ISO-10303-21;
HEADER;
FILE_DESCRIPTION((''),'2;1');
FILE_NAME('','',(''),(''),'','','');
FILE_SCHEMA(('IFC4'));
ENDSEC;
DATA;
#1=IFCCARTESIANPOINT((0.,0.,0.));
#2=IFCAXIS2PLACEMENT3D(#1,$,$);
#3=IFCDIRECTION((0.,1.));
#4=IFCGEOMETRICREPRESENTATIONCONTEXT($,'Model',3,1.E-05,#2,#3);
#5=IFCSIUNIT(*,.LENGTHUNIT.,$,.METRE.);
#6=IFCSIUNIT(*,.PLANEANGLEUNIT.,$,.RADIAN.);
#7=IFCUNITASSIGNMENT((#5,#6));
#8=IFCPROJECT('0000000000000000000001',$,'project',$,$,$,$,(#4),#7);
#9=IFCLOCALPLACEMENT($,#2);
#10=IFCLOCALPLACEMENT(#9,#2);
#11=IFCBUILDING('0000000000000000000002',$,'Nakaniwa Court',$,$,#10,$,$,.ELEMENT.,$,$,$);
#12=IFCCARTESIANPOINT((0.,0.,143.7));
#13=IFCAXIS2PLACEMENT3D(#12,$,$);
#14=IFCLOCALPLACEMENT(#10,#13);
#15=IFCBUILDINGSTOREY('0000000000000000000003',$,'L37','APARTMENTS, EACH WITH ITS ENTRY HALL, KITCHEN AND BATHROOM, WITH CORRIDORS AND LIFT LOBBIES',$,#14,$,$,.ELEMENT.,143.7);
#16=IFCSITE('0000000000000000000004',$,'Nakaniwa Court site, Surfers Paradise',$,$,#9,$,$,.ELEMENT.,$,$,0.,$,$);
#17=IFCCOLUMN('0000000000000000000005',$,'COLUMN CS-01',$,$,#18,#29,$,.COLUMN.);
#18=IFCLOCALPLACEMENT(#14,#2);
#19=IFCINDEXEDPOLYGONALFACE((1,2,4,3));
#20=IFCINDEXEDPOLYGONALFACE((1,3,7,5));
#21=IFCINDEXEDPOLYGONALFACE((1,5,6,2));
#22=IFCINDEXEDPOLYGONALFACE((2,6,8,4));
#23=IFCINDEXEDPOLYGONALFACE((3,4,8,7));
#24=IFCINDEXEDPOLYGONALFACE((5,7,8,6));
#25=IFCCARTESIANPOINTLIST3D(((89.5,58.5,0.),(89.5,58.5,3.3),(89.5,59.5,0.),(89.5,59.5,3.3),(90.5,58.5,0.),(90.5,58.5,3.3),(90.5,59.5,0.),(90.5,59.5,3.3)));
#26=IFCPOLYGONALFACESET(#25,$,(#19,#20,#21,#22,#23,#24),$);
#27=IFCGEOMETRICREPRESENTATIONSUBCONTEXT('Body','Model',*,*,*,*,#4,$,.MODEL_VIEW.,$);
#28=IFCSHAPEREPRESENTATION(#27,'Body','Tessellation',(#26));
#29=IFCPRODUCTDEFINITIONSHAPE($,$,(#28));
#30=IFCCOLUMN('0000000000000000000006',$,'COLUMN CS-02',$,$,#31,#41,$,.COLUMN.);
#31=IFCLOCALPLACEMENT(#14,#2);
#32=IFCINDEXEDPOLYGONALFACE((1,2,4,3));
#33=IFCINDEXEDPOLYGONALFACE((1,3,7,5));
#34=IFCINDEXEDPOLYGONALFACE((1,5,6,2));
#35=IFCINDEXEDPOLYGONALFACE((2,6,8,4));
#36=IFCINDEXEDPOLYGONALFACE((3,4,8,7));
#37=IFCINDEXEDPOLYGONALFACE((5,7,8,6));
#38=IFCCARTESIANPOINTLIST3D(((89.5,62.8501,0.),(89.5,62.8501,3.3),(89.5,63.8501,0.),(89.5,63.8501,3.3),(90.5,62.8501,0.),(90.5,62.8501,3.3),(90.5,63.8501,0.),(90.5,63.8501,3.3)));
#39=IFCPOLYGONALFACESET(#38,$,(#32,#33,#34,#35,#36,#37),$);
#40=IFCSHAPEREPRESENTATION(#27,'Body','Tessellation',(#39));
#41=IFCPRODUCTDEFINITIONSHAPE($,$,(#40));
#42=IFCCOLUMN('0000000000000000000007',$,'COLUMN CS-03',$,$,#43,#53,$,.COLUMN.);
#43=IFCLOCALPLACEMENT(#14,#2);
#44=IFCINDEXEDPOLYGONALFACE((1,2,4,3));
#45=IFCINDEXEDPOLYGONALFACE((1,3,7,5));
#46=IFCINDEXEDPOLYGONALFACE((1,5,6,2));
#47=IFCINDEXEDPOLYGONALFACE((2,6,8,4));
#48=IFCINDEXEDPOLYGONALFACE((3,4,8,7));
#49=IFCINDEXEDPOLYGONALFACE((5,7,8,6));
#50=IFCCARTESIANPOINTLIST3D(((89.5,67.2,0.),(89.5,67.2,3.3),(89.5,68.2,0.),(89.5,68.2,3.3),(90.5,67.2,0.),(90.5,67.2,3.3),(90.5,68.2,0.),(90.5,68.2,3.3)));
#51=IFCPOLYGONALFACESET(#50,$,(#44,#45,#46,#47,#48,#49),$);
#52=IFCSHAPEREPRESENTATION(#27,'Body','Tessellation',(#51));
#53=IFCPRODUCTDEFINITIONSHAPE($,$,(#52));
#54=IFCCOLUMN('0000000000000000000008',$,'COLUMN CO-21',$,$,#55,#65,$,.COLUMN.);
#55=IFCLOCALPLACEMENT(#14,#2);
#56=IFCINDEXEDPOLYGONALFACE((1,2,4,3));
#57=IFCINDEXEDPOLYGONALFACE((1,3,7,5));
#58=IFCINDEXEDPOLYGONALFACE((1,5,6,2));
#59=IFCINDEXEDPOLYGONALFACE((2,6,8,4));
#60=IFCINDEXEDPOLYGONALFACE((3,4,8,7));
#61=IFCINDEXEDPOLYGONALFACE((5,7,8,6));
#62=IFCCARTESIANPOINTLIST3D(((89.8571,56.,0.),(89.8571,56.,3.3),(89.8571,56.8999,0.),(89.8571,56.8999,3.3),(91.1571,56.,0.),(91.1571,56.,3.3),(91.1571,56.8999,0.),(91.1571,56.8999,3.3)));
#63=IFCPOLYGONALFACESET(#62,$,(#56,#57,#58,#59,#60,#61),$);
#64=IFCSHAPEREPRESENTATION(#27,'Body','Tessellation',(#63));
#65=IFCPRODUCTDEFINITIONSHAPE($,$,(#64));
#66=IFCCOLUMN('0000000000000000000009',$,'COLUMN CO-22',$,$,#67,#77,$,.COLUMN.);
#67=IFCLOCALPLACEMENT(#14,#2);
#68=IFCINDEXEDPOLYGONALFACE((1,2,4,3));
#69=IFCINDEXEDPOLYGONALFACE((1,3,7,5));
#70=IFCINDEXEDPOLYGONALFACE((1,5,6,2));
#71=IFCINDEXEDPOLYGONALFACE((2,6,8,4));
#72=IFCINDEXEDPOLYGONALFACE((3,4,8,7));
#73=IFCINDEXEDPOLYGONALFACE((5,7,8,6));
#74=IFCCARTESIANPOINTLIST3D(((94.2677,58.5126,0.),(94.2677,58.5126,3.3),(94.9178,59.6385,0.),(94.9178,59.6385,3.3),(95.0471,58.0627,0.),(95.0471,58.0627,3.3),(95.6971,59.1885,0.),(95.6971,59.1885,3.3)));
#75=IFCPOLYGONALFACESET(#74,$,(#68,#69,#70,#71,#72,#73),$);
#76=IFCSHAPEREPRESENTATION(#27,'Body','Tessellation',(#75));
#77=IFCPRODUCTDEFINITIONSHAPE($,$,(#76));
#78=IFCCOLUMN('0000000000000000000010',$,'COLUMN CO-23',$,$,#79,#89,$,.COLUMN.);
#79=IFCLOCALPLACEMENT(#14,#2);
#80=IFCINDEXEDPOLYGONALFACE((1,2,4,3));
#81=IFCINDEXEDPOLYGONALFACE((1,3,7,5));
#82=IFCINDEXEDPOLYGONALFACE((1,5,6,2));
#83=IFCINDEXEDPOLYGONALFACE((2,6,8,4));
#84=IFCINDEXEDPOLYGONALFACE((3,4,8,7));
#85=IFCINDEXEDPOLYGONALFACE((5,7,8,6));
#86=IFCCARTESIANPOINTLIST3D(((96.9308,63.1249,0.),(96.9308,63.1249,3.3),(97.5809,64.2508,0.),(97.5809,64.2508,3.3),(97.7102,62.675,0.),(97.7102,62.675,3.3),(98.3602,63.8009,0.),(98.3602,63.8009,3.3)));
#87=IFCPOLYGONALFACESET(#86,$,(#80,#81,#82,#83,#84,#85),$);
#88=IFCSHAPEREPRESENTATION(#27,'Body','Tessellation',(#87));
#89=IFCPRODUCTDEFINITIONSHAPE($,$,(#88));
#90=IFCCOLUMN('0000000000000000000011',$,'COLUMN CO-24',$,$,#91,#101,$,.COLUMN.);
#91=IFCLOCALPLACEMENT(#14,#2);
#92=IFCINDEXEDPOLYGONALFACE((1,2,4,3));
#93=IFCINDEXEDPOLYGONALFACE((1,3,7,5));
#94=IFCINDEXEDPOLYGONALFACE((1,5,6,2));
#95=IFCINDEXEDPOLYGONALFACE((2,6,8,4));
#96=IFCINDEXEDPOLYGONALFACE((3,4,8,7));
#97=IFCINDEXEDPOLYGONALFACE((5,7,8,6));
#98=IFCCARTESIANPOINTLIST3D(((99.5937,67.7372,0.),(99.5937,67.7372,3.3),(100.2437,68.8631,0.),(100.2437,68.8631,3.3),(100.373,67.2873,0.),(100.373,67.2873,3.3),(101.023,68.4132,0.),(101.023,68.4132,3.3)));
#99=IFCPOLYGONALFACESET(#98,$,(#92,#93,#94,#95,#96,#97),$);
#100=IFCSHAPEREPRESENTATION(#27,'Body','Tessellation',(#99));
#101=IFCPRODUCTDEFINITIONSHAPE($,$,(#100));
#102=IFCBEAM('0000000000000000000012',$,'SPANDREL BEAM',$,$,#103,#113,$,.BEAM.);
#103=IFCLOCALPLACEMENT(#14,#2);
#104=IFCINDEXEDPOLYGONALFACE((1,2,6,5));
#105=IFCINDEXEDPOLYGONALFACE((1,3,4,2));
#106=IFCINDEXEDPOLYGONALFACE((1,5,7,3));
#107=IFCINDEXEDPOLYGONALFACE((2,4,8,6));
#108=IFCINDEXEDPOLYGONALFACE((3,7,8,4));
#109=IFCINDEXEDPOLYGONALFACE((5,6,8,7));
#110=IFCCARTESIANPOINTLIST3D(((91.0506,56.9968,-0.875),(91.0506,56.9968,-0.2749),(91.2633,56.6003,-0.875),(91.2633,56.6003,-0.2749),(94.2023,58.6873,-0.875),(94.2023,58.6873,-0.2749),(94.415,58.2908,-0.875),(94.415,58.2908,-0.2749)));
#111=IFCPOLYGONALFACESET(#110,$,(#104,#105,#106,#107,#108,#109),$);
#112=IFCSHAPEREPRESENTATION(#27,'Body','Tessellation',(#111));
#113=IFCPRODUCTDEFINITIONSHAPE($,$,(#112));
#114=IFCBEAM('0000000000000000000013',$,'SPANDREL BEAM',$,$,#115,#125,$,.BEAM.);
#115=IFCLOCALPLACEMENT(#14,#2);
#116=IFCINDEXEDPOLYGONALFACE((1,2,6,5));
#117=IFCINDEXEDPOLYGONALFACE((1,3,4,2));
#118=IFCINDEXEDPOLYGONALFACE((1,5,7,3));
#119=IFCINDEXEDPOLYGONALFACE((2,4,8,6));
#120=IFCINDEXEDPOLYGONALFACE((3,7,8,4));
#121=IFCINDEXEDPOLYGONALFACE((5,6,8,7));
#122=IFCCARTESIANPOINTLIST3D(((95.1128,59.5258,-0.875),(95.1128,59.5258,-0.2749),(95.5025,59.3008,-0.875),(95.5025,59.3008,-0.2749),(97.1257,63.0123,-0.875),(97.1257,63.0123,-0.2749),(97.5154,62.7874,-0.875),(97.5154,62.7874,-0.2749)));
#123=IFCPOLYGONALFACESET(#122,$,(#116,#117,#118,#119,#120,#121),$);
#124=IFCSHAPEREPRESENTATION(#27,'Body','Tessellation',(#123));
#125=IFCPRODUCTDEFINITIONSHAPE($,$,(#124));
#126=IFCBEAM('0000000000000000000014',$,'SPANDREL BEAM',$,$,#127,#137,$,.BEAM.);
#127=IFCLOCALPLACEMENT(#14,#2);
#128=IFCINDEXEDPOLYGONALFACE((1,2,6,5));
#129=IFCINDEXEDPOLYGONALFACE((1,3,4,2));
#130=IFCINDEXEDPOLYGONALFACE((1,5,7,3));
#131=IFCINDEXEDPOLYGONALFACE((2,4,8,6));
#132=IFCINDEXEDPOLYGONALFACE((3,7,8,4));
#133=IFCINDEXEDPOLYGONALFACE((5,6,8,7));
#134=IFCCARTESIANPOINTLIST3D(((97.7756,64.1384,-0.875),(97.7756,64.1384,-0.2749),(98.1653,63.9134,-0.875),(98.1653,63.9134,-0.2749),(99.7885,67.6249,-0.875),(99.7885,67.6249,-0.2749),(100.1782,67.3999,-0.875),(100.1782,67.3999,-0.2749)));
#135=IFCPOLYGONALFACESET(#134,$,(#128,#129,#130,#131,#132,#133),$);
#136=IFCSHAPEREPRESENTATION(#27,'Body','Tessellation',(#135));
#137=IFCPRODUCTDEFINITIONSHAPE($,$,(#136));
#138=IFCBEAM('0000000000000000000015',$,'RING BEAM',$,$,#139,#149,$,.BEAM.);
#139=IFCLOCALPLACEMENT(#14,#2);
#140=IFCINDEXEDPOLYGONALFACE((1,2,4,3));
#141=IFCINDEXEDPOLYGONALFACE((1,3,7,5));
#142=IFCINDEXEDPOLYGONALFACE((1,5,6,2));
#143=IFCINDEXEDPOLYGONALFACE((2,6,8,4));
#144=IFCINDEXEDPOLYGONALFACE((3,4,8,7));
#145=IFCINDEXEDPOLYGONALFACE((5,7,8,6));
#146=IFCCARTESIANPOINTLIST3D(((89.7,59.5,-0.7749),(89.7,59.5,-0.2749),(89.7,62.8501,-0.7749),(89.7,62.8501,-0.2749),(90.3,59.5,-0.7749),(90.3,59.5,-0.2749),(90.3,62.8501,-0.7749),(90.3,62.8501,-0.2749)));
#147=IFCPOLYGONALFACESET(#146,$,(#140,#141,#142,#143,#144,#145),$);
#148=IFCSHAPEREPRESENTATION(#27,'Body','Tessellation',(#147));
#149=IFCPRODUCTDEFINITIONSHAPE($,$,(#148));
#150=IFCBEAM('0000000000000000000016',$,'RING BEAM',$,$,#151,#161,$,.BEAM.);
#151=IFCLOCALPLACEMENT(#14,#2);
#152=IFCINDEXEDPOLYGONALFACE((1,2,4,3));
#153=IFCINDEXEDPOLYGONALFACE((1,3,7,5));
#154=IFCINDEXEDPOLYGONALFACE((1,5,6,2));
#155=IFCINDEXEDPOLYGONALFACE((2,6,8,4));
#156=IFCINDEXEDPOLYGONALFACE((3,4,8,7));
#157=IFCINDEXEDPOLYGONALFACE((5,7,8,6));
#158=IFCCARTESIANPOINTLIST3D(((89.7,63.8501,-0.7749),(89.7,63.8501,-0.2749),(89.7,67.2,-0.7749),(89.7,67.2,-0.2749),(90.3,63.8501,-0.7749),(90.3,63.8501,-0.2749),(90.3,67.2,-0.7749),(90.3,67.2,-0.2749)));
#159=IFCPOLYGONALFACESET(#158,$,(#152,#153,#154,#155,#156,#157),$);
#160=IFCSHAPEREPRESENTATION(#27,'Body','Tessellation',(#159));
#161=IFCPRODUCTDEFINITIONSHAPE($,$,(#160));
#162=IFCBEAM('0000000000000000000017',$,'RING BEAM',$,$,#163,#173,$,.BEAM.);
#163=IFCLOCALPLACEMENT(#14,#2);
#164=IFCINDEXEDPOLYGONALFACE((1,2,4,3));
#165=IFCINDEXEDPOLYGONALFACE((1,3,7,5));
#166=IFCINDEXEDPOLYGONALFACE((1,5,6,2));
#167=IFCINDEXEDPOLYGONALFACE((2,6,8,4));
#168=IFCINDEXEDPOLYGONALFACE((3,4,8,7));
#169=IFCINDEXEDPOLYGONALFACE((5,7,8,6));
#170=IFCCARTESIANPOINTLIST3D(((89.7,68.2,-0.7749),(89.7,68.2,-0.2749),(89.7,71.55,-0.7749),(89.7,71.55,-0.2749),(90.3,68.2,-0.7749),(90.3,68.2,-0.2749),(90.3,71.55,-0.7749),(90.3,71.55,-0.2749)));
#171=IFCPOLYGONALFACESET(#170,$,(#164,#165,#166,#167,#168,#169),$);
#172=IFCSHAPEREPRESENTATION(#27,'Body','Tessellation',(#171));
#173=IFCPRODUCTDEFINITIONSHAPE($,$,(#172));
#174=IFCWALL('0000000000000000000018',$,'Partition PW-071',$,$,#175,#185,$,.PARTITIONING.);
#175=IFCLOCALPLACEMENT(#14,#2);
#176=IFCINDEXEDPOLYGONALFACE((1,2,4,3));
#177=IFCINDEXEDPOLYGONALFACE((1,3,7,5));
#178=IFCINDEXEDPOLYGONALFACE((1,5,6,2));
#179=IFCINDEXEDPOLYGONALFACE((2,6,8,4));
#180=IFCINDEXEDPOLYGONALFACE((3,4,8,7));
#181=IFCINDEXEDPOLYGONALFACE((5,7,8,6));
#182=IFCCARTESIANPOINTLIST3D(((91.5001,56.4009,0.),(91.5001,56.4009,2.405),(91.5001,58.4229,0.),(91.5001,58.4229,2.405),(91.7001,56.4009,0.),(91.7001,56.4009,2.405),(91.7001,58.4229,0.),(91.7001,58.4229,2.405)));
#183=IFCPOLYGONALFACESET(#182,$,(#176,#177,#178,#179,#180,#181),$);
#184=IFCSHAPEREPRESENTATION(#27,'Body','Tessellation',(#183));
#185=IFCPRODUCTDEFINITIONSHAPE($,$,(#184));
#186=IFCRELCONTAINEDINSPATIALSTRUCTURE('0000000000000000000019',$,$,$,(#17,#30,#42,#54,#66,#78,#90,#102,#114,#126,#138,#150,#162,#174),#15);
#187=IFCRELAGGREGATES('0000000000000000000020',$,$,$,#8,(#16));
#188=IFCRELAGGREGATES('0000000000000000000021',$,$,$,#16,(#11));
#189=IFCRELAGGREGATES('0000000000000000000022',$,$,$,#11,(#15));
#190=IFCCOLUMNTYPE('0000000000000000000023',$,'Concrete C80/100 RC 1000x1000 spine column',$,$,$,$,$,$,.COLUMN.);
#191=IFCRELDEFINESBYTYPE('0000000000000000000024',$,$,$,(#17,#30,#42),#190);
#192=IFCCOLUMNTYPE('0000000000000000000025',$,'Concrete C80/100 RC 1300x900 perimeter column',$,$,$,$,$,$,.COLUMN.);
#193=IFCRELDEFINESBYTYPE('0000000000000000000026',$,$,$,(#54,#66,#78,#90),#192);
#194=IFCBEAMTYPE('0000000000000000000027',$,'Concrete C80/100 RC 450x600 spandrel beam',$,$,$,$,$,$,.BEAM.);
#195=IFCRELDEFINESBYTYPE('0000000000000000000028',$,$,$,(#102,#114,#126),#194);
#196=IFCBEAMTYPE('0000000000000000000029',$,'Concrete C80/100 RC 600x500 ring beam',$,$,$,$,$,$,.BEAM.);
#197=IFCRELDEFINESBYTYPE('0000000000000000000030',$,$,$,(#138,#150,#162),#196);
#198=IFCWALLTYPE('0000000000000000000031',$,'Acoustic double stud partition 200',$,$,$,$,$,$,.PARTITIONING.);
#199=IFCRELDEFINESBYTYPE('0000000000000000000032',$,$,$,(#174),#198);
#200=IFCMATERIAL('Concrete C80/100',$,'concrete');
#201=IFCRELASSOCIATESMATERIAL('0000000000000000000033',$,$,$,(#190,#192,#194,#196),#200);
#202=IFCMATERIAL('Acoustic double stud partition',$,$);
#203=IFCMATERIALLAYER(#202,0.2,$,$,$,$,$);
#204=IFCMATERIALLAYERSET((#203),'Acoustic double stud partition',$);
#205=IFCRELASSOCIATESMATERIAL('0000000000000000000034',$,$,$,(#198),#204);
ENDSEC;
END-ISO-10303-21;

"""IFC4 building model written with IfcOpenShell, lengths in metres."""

from ifc_helpers import new_model, si_unit, direction, frame, frame_2d, origin, origin_2d, place, context, subcontext, project, spatial, rectangle, extrude, material, layer, layer_set, material_profile, profile_set, type_object, element, save


model = new_model("IFC4")

# Units and contexts
model_context = context("Model", 3, precision=1e-05, world=origin(), true_north=direction((0.0, 1.0)))
body_context = subcontext(model_context, "Body", "Model", "MODEL_VIEW")
ifc_project = project(units=[si_unit("LENGTHUNIT", "METRE"), si_unit("PLANEANGLEUNIT", "RADIAN")], contexts=[model_context])

# Site, building, storey
site_placement = place(None, origin())
site = spatial("IfcSite", under=ifc_project, at=site_placement, Name="Nakaniwa Court site, Surfers Paradise", CompositionType="ELEMENT", RefElevation=0.0)
building_placement = place(site_placement, origin())
building = spatial("IfcBuilding", under=site, at=building_placement, Name="Nakaniwa Court", CompositionType="ELEMENT")
storey_placement = place(building_placement, frame((0.0, 0.0, 143.7)))
storey = spatial("IfcBuildingStorey", under=building, at=storey_placement, Name="L37", Description="APARTMENTS, EACH WITH ITS ENTRY HALL, KITCHEN AND BATHROOM, WITH CORRIDORS AND LIFT LOBBIES", CompositionType="ELEMENT", Elevation=143.7)

# Columns
ifc_material_1 = material(Name="Concrete C80/100", Category="concrete")
ifc_material_profile_1 = material_profile(ifc_material_1, rectangle(XDim=1.0, YDim=1.0, at=origin_2d()), Name="Concrete C80/100 RC 1000x1000 spine column")
ifc_profile_set_1 = profile_set([ifc_material_profile_1], Name="Concrete C80/100")
column_type_1 = type_object("IfcColumnType", Name="Concrete C80/100 RC 1000x1000 spine column", PredefinedType="COLUMN", material=ifc_profile_set_1)
for number, where, z_axis, x_axis, name in (
    (1, (90.0, 59.0, 0.0), (0.0, 0.0, 1.0), (0.0, 1.0, 0.0), "COLUMN CS-01"),
    (2, (90.0, 63.3501, 0.0), (0.0, 0.0, 1.0), (0.0, 1.0, 0.0), "COLUMN CS-02"),
    (3, (90.0, 67.7, 0.0), (0.0, 0.0, 1.0), (0.0, 1.0, 0.0), "COLUMN CS-03"),
):
    element("IfcColumn", number, at=place(storey_placement, frame(where, z_axis=z_axis, x_axis=x_axis)), inside=storey, type_object=column_type_1, Name=name, PredefinedType="COLUMN", context=body_context, shape_type="SweptSolid", body=[
        extrude(rectangle(XDim=1.0, YDim=1.0, at=origin_2d()), origin(), (0.0, 0.0, 1.0), 3.3),
    ])
ifc_material_profile_2 = material_profile(ifc_material_1, rectangle(XDim=1.3, YDim=0.8999, at=origin_2d()), Name="Concrete C80/100 RC 1300x900 perimeter column")
ifc_profile_set_2 = profile_set([ifc_material_profile_2], Name="Concrete C80/100")
column_type_2 = type_object("IfcColumnType", Name="Concrete C80/100 RC 1300x900 perimeter column", PredefinedType="COLUMN", material=ifc_profile_set_2)
for number, where, z_axis, x_axis, name in (
    (4, (90.5071, 56.45, 0.0), (0.0, 0.0, 1.0), (1.0, 0.0, 0.0), "COLUMN CO-21"),
    (5, (94.9824, 58.8506, 0.0), (0.0, 0.0, 1.0), (0.5, 0.866025, 0.0), "COLUMN CO-22"),
    (6, (97.6455, 63.4629, 0.0), (0.0, 0.0, 1.0), (0.5, 0.866025, 0.0), "COLUMN CO-23"),
    (7, (100.3083, 68.0752, 0.0), (0.0, 0.0, 1.0), (0.5, 0.866025, 0.0), "COLUMN CO-24"),
):
    element("IfcColumn", number, at=place(storey_placement, frame(where, z_axis=z_axis, x_axis=x_axis)), inside=storey, type_object=column_type_2, Name=name, PredefinedType="COLUMN", context=body_context, shape_type="SweptSolid", body=[
        extrude(rectangle(XDim=1.3, YDim=0.8999, at=origin_2d()), origin(), (0.0, 0.0, 1.0), 3.3),
    ])

# Beams
ifc_material_profile_3 = material_profile(ifc_material_1, rectangle(XDim=0.45, YDim=0.6001, at=origin_2d()), Name="Concrete C80/100 RC 450x600 spandrel beam")
ifc_profile_set_3 = profile_set([ifc_material_profile_3], Name="Concrete C80/100")
beam_type_1 = type_object("IfcBeamType", Name="Concrete C80/100 RC 450x600 spandrel beam", PredefinedType="BEAM", material=ifc_profile_set_3)
beam_1_placement = place(storey_placement, frame((91.157, 56.7986, -0.575), z_axis=(0.881239, 0.47267, 0.0), x_axis=(-0.47267, 0.881239, 0.0)))
element("IfcBeam", 8, at=beam_1_placement, inside=storey, type_object=beam_type_1, Name="SPANDREL BEAM", PredefinedType="BEAM", context=body_context, shape_type="SweptSolid", body=[
    extrude(rectangle(XDim=0.45, YDim=0.6001, at=origin_2d()), origin(), (0.0, 0.0, 1.0), 3.5764),
])
for number, where, z_axis, x_axis, name in (
    (9, (95.3076, 59.4133, -0.575), (0.499994, 0.866029, 0.0), (-0.866029, 0.499994, 0.0), "SPANDREL BEAM"),
    (10, (97.9705, 64.0259, -0.575), (0.499994, 0.866029, 0.0), (-0.866029, 0.499994, 0.0), "SPANDREL BEAM"),
):
    element("IfcBeam", number, at=place(storey_placement, frame(where, z_axis=z_axis, x_axis=x_axis)), inside=storey, type_object=beam_type_1, Name=name, PredefinedType="BEAM", context=body_context, shape_type="SweptSolid", body=[
        extrude(rectangle(XDim=0.45, YDim=0.6001, at=origin_2d()), origin(), (0.0, 0.0, 1.0), 4.0259),
    ])
ifc_material_profile_4 = material_profile(ifc_material_1, rectangle(XDim=0.6001, YDim=0.5, at=origin_2d()), Name="Concrete C80/100 RC 600x500 ring beam")
ifc_profile_set_4 = profile_set([ifc_material_profile_4], Name="Concrete C80/100")
beam_type_2 = type_object("IfcBeamType", Name="Concrete C80/100 RC 600x500 ring beam", PredefinedType="BEAM", material=ifc_profile_set_4)
beam_2_placement = place(storey_placement, frame((90.0, 59.5, -0.5249), z_axis=(0.0, 1.0, 0.0), x_axis=(-1.0, 0.0, 0.0)))
element("IfcBeam", 11, at=beam_2_placement, inside=storey, type_object=beam_type_2, Name="RING BEAM", PredefinedType="BEAM", context=body_context, shape_type="SweptSolid", body=[
    extrude(rectangle(XDim=0.6001, YDim=0.5, at=origin_2d()), origin(), (0.0, 0.0, 1.0), 3.3501),
])
beam_3_placement = place(storey_placement, frame((90.0, 63.8501, -0.5249), z_axis=(0.0, 1.0, 0.0), x_axis=(-1.0, 0.0, 0.0)))
element("IfcBeam", 12, at=beam_3_placement, inside=storey, type_object=beam_type_2, Name="RING BEAM", PredefinedType="BEAM", context=body_context, shape_type="SweptSolid", body=[
    extrude(rectangle(XDim=0.6001, YDim=0.5, at=origin_2d()), origin(), (0.0, 0.0, 1.0), 3.3499),
])
beam_4_placement = place(storey_placement, frame((90.0, 68.2, -0.5249), z_axis=(0.0, 1.0, 0.0), x_axis=(-1.0, 0.0, 0.0)))
element("IfcBeam", 13, at=beam_4_placement, inside=storey, type_object=beam_type_2, Name="RING BEAM", PredefinedType="BEAM", context=body_context, shape_type="SweptSolid", body=[
    extrude(rectangle(XDim=0.6001, YDim=0.5, at=origin_2d()), origin(), (0.0, 0.0, 1.0), 3.3501),
])

# Wall
ifc_material_2 = material(Name="Acoustic double stud partition")
ifc_layer_1 = layer(ifc_material_2, 0.2)
ifc_layer_set_1 = layer_set([ifc_layer_1], Name="Acoustic double stud partition")
wall_type_1 = type_object("IfcWallType", Name="Acoustic double stud partition 200", PredefinedType="PARTITIONING", material=ifc_layer_set_1)
wall_1_placement = place(storey_placement, frame((91.6001, 56.4009, 0.0), z_axis=(0.0, 0.0, 1.0), x_axis=(0.0, 1.0, 0.0)))
element("IfcWall", 14, at=wall_1_placement, inside=storey, type_object=wall_type_1, Name="Partition PW-071", PredefinedType="PARTITIONING", context=body_context, shape_type="SweptSolid", body=[
    extrude(rectangle(XDim=2.022, YDim=0.2, at=frame_2d((1.011, 0.0))), origin(), (0.0, 0.0, 1.0), 2.405),
])

save(model, "model.ifc")
